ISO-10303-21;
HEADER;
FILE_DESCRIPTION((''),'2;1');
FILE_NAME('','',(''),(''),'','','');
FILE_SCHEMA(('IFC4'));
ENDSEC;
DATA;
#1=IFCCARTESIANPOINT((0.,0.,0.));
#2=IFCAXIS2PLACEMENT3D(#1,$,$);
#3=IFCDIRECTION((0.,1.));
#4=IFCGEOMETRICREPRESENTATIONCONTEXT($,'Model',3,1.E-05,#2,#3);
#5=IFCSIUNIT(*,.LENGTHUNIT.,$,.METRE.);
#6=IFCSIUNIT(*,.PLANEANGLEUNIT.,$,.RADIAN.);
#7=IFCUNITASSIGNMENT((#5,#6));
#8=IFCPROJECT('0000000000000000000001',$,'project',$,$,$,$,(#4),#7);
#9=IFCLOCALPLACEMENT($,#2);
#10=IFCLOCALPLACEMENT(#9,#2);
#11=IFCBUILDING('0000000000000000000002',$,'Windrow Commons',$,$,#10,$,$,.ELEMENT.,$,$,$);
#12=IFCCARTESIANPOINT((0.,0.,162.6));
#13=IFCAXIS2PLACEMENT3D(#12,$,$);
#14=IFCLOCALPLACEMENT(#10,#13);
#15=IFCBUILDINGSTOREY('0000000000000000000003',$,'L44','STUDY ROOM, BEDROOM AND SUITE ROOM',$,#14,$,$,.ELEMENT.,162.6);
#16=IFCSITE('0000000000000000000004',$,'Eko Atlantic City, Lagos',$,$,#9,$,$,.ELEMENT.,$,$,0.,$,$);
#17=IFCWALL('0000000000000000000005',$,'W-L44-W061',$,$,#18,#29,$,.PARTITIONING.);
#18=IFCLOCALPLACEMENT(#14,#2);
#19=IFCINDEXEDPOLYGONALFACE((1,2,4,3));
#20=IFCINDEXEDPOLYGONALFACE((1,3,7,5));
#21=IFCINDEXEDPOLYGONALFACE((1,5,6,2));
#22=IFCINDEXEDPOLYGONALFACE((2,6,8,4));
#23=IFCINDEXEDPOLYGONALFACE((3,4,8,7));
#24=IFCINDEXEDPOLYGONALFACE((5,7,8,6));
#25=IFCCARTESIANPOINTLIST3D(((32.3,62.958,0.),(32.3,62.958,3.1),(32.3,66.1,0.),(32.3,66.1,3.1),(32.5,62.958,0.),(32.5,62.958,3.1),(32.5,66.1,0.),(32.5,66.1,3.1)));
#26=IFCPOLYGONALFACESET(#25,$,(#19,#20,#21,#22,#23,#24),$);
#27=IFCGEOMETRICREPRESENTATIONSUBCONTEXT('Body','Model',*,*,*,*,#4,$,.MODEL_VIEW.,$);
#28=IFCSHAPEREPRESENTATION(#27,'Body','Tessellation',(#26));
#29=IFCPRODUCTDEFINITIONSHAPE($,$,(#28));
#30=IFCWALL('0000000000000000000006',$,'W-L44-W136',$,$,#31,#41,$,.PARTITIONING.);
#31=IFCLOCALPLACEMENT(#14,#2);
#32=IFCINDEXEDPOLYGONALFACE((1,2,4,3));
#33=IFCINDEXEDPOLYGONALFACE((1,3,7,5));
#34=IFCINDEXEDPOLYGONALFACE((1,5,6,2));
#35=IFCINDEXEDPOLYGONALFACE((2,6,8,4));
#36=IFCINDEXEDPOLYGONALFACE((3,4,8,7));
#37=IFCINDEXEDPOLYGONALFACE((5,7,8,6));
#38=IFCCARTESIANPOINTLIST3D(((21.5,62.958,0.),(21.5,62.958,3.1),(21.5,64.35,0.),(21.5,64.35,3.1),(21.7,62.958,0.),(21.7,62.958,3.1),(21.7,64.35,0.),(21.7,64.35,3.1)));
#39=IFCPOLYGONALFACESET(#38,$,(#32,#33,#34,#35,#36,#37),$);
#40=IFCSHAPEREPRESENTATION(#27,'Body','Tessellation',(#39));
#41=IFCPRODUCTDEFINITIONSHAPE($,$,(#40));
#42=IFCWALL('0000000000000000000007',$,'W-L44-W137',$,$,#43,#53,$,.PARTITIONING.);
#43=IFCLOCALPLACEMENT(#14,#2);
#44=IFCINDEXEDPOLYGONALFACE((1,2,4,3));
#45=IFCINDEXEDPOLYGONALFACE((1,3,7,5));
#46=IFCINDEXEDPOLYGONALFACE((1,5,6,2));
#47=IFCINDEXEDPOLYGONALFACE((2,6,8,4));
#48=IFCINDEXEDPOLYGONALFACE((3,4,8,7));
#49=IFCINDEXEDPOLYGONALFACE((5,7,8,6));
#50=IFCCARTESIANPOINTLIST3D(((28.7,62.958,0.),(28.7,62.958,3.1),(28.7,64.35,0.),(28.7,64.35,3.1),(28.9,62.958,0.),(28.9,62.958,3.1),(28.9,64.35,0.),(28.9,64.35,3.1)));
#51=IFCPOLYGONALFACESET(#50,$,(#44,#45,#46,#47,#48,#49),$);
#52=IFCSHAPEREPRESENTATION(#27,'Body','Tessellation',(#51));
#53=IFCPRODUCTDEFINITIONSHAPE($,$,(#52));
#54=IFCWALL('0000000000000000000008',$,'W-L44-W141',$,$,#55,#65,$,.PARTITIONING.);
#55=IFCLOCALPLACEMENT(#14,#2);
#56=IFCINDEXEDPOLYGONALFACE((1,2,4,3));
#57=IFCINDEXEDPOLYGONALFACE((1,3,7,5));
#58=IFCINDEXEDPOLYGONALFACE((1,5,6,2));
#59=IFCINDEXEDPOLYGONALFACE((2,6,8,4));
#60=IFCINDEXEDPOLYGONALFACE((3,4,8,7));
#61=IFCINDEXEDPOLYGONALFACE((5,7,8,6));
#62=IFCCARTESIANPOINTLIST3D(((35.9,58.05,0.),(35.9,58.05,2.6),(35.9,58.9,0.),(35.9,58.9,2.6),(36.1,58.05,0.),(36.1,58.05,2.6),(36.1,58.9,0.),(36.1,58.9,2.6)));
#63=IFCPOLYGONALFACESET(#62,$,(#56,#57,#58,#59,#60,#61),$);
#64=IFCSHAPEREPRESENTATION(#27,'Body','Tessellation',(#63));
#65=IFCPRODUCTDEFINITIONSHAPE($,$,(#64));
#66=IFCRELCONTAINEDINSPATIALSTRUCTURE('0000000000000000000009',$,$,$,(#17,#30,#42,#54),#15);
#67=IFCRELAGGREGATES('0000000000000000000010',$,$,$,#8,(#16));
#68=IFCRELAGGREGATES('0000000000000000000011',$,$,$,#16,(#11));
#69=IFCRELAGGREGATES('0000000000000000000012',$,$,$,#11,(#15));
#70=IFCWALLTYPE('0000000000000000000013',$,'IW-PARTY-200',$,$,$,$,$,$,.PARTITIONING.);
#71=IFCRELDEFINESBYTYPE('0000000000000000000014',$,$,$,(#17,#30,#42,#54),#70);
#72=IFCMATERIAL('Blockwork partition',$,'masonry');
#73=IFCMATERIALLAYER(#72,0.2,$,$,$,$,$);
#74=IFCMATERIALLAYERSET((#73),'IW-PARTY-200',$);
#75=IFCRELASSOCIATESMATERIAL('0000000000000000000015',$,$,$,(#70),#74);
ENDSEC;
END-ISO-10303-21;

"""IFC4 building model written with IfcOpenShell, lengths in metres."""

from ifc_helpers import new_model, si_unit, direction, frame, frame_2d, origin, place, context, subcontext, project, spatial, rectangle, extrude, material, layer, layer_set, type_object, element, save


model = new_model("IFC4")

# Units and contexts
model_context = context("Model", 3, precision=1e-05, world=origin(), true_north=direction((0.0, 1.0)))
body_context = subcontext(model_context, "Body", "Model", "MODEL_VIEW")
ifc_project = project(units=[si_unit("LENGTHUNIT", "METRE"), si_unit("PLANEANGLEUNIT", "RADIAN")], contexts=[model_context])

# Site, building, storey
site_placement = place(None, origin())
site = spatial("IfcSite", under=ifc_project, at=site_placement, Name="Eko Atlantic City, Lagos", CompositionType="ELEMENT", RefElevation=0.0)
building_placement = place(site_placement, origin())
building = spatial("IfcBuilding", under=site, at=building_placement, Name="Windrow Commons", CompositionType="ELEMENT")
storey_placement = place(building_placement, frame((0.0, 0.0, 162.6)))
storey = spatial("IfcBuildingStorey", under=building, at=storey_placement, Name="L44", Description="STUDY ROOM, BEDROOM AND SUITE ROOM", CompositionType="ELEMENT", Elevation=162.6)

# Walls
ifc_material_1 = material(Name="Blockwork partition", Category="masonry")
ifc_layer_1 = layer(ifc_material_1, 0.2)
ifc_layer_set_1 = layer_set([ifc_layer_1], Name="IW-PARTY-200")
wall_type_1 = type_object("IfcWallType", Name="IW-PARTY-200", PredefinedType="PARTITIONING", material=ifc_layer_set_1)
for number, where, z_axis, x_axis, name in (
    (1, (32.4, 62.958, 0.0), (0.0, 0.0, 1.0), (0.0, 1.0, 0.0), "W-L44-W061"),
):
    element("IfcWall", number, at=place(storey_placement, frame(where, z_axis=z_axis, x_axis=x_axis)), inside=storey, type_object=wall_type_1, Name=name, PredefinedType="PARTITIONING", context=body_context, shape_type="SweptSolid", body=[
        extrude(rectangle(XDim=3.142, YDim=0.2, at=frame_2d((1.571, 0.0))), origin(), (0.0, 0.0, 1.0), 3.1),
    ])
for number, where, z_axis, x_axis, name in (
    (2, (21.6, 62.958, 0.0), (0.0, 0.0, 1.0), (0.0, 1.0, 0.0), "W-L44-W136"),
    (3, (28.8, 62.958, 0.0), (0.0, 0.0, 1.0), (0.0, 1.0, 0.0), "W-L44-W137"),
):
    element("IfcWall", number, at=place(storey_placement, frame(where, z_axis=z_axis, x_axis=x_axis)), inside=storey, type_object=wall_type_1, Name=name, PredefinedType="PARTITIONING", context=body_context, shape_type="SweptSolid", body=[
        extrude(rectangle(XDim=1.392, YDim=0.2, at=frame_2d((0.696, 0.0))), origin(), (0.0, 0.0, 1.0), 3.1),
    ])
wall_1_placement = place(storey_placement, frame((36.0, 58.05, 0.0), z_axis=(0.0, 0.0, 1.0), x_axis=(0.0, 1.0, 0.0)))
element("IfcWall", 4, at=wall_1_placement, inside=storey, type_object=wall_type_1, Name="W-L44-W141", PredefinedType="PARTITIONING", context=body_context, shape_type="SweptSolid", body=[
    extrude(rectangle(XDim=0.85, YDim=0.2, at=frame_2d((0.425, 0.0))), origin(), (0.0, 0.0, 1.0), 2.6),
])

save(model, "model.ifc")
